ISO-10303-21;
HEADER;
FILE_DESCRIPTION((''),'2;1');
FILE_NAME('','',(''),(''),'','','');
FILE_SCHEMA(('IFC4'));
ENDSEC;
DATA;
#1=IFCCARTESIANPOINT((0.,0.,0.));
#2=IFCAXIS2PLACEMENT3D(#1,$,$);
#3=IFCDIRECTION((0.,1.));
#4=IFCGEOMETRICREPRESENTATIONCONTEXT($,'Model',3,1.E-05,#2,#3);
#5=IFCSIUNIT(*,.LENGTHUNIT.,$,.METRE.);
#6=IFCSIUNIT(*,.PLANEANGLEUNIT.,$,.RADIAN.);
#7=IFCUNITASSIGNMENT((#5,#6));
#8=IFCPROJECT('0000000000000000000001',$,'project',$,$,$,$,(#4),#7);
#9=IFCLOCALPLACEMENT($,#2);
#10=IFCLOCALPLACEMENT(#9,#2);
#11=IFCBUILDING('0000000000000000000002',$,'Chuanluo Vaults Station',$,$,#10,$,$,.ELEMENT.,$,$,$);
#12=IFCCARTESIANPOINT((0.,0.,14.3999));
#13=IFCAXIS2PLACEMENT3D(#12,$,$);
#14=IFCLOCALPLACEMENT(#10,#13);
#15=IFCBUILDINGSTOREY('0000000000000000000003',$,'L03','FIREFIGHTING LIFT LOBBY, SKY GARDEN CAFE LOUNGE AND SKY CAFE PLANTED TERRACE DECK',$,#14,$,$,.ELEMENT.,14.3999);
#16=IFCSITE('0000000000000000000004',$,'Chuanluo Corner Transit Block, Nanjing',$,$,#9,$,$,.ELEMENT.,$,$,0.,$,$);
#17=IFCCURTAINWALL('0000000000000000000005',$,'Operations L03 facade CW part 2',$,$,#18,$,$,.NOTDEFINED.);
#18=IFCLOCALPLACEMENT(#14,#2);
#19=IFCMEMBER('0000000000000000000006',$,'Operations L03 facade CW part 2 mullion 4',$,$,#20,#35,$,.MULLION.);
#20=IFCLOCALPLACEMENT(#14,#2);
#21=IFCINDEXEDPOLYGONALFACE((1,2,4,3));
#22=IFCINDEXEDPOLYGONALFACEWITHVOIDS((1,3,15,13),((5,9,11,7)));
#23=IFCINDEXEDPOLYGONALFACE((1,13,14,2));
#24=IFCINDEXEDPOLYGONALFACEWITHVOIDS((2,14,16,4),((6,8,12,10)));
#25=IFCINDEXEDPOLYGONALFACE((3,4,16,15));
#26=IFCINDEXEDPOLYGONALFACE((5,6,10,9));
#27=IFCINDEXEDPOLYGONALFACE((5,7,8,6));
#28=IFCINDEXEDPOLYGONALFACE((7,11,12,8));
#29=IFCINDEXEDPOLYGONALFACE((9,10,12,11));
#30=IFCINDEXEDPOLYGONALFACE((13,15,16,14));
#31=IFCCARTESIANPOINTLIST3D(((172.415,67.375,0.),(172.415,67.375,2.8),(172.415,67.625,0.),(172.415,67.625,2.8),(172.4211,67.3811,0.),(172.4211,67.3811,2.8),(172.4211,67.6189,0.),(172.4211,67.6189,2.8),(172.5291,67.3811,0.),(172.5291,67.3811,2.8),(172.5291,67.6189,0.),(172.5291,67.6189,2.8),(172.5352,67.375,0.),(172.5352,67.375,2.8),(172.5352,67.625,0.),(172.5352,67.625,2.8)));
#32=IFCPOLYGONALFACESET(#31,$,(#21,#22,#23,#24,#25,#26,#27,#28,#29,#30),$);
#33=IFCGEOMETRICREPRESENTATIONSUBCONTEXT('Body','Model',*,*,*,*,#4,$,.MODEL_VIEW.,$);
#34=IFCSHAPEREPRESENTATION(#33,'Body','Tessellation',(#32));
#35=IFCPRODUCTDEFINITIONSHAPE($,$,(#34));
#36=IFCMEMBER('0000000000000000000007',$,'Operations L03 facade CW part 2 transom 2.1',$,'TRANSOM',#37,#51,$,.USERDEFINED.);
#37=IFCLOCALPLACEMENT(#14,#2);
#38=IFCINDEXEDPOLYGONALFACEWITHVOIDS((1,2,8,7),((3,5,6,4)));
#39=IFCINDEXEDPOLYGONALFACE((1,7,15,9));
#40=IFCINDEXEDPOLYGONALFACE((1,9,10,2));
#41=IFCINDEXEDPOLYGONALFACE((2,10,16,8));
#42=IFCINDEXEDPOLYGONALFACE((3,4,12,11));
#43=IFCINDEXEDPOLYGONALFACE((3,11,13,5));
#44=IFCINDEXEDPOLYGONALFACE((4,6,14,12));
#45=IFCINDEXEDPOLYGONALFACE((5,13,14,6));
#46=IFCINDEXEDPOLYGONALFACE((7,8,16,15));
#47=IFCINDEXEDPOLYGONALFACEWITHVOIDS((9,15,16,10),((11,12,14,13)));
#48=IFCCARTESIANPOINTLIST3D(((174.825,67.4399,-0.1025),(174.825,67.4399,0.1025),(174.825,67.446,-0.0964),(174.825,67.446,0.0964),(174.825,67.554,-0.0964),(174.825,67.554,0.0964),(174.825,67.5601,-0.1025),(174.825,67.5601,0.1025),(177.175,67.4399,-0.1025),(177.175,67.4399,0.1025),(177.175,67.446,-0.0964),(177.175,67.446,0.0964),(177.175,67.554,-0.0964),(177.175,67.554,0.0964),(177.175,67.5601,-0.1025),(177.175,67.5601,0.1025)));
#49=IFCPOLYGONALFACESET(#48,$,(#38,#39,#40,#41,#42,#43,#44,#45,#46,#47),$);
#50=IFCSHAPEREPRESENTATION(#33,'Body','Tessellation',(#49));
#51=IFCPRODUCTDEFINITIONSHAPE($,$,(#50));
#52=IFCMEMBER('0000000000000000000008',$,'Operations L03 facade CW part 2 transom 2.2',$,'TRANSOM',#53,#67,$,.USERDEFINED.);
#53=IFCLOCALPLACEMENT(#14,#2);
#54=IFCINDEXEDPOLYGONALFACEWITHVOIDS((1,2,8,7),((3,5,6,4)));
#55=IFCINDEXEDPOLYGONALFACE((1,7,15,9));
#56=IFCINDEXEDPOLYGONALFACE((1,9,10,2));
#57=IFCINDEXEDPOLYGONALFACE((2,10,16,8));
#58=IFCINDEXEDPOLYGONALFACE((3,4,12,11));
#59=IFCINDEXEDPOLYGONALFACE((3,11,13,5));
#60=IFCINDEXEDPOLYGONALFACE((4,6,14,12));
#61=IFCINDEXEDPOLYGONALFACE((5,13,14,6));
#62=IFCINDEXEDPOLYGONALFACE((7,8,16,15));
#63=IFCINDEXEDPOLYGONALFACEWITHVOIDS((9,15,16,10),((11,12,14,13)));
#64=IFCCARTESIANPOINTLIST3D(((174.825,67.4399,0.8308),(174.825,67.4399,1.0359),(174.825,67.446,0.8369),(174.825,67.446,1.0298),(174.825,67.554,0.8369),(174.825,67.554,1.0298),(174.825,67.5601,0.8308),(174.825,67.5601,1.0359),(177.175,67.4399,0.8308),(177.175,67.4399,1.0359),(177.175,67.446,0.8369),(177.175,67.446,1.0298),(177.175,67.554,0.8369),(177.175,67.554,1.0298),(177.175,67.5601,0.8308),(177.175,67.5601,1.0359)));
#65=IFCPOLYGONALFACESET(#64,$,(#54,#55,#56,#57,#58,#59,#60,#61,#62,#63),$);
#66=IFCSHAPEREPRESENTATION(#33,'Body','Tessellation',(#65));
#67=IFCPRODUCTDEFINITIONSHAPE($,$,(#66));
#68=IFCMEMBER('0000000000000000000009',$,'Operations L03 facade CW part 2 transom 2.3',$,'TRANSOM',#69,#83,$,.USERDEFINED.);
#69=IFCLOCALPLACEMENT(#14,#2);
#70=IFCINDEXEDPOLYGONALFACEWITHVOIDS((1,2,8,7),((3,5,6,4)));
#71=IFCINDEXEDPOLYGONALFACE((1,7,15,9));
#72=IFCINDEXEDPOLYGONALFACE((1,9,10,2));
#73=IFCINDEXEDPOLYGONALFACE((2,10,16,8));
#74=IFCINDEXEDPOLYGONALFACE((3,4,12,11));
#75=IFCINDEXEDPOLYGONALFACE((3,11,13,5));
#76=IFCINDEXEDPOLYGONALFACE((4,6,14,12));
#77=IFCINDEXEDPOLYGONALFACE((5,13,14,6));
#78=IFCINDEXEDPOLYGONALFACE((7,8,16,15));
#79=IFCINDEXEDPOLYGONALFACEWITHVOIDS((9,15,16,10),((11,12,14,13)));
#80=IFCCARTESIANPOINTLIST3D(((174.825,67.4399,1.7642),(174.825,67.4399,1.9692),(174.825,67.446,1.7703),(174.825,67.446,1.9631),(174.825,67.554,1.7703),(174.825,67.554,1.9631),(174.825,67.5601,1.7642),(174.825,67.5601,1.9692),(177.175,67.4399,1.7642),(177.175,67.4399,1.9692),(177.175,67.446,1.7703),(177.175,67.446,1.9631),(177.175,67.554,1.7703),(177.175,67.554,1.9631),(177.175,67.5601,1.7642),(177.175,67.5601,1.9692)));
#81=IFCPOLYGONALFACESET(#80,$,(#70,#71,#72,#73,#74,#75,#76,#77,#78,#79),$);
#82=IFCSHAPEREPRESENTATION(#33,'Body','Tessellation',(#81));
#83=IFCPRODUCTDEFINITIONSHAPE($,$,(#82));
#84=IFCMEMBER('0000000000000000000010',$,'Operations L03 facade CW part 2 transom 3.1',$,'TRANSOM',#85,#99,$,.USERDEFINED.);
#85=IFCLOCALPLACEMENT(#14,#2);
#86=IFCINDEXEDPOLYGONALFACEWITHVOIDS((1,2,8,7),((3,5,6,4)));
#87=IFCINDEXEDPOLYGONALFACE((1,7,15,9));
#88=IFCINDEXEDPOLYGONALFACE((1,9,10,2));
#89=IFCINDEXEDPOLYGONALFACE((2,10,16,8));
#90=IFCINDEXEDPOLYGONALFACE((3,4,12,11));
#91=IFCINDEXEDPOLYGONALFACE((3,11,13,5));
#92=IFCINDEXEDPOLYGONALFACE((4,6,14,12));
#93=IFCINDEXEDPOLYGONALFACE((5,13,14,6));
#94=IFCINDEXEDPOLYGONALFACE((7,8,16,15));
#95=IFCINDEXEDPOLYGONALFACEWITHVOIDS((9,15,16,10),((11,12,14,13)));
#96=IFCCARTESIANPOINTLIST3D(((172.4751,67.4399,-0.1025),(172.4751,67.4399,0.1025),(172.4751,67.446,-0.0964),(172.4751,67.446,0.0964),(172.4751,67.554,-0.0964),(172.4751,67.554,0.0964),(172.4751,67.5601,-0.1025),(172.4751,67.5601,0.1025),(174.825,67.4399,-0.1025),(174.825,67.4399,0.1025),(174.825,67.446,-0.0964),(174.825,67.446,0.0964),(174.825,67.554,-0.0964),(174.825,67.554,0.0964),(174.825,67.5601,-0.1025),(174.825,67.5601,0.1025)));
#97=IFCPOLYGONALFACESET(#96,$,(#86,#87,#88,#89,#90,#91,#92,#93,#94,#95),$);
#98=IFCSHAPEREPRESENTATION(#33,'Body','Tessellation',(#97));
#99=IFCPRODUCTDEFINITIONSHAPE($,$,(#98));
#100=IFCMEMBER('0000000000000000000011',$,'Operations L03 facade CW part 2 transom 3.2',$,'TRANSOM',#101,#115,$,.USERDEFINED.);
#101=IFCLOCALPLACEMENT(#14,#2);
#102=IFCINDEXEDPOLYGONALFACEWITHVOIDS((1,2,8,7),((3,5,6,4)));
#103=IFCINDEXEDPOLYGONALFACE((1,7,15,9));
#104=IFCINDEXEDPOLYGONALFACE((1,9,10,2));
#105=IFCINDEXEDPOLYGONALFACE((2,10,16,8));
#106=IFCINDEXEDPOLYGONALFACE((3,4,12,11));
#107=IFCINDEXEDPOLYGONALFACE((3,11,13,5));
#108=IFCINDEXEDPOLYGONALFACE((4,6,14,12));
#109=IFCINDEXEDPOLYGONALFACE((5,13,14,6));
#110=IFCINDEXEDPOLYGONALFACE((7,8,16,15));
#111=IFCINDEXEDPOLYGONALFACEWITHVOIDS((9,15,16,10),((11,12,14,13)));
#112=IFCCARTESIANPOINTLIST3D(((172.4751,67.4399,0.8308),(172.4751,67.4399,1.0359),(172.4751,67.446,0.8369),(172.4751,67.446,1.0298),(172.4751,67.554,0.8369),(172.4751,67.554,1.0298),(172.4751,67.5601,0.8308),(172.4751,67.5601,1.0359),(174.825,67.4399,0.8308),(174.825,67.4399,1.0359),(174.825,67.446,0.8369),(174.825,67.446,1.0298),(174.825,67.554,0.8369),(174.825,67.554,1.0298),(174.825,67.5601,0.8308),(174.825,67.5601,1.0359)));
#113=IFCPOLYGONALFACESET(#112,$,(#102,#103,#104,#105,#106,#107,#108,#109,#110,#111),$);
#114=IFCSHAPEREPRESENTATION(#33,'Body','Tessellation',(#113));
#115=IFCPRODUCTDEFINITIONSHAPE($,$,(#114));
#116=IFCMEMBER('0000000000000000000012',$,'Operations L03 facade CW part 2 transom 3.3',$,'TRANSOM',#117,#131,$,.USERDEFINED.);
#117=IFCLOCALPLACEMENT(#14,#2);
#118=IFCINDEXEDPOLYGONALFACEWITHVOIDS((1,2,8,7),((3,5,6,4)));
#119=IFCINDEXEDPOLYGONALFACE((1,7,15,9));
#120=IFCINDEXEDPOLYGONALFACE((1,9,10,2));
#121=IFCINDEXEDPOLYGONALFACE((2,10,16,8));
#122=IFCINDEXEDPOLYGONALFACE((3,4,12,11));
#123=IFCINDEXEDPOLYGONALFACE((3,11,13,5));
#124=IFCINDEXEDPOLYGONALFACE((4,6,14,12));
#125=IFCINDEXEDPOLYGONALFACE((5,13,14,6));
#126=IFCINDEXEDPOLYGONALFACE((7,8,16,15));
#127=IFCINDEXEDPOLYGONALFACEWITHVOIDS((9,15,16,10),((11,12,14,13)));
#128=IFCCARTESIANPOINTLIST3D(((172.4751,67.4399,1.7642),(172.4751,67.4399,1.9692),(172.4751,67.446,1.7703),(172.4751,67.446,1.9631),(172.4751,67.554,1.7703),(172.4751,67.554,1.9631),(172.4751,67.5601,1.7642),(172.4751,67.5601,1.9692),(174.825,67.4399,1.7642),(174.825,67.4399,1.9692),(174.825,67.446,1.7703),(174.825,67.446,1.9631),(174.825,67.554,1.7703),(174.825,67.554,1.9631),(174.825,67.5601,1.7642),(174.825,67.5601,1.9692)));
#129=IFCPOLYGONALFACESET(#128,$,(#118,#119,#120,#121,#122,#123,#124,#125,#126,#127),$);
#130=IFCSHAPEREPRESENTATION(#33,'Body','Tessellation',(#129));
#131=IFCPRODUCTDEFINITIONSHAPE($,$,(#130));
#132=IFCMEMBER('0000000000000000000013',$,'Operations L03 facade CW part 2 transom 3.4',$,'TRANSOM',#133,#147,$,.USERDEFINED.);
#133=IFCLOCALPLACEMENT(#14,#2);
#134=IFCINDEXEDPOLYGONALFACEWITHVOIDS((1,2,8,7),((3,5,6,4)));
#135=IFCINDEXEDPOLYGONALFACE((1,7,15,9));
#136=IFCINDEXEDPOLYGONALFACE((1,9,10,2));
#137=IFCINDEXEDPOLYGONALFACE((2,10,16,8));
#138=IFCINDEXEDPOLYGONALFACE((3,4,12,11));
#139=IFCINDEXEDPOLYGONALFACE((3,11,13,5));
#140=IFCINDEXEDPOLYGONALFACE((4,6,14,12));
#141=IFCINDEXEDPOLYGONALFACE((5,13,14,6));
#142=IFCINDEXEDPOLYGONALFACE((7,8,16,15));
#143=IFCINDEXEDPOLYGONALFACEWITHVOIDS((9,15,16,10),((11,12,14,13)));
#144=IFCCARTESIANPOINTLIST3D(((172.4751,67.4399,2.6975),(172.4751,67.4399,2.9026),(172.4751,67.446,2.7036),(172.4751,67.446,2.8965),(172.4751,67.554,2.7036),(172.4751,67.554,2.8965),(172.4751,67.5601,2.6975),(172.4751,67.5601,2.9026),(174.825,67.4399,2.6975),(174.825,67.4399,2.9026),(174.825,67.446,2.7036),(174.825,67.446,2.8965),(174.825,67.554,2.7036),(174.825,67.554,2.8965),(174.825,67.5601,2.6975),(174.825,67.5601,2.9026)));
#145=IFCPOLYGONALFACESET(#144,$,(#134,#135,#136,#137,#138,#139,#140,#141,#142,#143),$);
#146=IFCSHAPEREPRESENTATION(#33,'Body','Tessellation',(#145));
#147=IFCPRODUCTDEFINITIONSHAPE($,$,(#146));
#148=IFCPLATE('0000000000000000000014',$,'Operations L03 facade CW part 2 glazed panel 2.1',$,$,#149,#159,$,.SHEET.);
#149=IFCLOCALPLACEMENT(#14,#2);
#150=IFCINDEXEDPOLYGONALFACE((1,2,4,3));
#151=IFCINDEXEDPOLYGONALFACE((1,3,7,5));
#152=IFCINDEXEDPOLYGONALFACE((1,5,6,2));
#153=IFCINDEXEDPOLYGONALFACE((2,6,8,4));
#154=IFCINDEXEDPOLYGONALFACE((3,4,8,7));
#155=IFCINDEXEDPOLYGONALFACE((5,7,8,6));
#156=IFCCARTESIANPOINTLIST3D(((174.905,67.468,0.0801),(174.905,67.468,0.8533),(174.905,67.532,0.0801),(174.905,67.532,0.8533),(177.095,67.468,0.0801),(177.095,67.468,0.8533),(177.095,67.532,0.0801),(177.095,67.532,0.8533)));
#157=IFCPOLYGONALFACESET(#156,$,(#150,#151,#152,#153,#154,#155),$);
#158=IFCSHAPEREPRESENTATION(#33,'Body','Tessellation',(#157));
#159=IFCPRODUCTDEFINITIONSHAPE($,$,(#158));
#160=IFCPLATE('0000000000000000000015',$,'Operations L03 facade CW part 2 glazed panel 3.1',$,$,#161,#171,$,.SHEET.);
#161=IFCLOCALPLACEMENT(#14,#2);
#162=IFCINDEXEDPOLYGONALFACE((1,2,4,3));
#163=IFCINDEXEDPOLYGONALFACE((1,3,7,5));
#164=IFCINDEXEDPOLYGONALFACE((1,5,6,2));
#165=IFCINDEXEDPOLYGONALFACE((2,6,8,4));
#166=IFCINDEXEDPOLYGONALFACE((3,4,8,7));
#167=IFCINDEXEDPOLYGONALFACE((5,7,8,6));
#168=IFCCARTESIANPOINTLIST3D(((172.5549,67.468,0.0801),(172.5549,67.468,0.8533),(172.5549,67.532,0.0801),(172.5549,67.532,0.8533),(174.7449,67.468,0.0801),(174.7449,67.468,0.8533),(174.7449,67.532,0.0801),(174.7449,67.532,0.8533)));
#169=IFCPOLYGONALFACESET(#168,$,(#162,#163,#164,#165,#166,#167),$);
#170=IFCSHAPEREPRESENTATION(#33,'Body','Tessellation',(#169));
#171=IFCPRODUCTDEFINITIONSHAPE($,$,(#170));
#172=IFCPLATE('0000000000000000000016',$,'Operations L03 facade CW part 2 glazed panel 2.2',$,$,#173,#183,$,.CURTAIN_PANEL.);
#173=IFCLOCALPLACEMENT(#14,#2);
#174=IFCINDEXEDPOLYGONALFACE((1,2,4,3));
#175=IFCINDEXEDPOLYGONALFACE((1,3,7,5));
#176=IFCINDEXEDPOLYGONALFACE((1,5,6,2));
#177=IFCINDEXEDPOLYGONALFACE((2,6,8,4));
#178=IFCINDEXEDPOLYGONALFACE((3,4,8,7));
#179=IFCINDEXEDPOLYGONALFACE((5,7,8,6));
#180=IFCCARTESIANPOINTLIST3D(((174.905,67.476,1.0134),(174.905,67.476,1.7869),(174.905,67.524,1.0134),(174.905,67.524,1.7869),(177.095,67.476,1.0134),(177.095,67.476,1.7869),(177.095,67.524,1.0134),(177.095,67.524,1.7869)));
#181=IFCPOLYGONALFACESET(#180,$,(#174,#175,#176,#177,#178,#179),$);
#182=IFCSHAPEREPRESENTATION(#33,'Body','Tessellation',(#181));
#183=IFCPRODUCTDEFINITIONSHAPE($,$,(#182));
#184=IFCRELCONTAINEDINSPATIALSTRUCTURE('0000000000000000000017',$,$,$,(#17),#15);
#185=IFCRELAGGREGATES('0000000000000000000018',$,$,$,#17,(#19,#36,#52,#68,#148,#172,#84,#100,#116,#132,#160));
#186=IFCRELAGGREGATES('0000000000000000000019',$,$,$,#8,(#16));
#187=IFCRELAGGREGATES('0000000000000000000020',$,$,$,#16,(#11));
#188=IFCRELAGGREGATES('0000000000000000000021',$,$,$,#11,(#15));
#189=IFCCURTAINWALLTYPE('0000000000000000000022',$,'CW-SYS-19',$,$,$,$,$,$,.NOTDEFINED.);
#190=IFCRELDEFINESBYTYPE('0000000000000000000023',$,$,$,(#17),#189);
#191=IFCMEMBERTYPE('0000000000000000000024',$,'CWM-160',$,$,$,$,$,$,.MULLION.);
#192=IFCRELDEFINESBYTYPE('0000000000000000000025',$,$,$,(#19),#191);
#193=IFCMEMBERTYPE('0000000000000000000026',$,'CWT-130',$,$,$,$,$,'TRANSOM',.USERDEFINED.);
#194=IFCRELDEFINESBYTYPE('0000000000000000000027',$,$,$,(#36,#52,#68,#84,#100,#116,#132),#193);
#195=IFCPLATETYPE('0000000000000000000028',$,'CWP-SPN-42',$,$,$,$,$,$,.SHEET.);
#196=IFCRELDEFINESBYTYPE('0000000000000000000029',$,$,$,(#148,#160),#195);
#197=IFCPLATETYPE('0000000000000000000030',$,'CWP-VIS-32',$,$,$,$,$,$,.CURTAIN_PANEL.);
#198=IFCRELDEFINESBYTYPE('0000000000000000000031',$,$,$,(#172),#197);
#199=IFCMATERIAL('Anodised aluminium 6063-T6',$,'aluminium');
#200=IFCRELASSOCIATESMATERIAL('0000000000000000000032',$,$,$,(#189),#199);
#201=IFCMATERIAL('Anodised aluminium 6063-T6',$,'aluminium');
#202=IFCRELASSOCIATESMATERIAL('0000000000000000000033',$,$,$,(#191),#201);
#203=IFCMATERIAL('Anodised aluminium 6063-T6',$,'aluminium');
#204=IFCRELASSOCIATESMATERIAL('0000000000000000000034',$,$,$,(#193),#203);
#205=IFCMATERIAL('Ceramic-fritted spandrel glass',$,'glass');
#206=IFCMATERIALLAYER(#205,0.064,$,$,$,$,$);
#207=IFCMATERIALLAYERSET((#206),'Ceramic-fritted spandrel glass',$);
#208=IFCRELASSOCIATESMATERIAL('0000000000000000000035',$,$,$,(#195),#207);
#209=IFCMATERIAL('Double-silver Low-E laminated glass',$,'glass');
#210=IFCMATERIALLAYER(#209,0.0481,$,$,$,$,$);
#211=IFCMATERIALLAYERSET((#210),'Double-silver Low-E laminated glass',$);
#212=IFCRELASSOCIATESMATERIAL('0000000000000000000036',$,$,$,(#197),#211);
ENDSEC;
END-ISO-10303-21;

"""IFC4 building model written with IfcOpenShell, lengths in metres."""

from ifc_helpers import new_model, si_unit, direction, frame, origin, origin_2d, place, context, subcontext, project, spatial, rectangle, hollow_rectangle, extrude, material, layer, layer_set, material_profile, profile_set, type_object, element, aggregate, save


model = new_model("IFC4")

# Units and contexts
model_context = context("Model", 3, precision=1e-05, world=origin(), true_north=direction((0.0, 1.0)))
body_context = subcontext(model_context, "Body", "Model", "MODEL_VIEW")
ifc_project = project(units=[si_unit("LENGTHUNIT", "METRE"), si_unit("PLANEANGLEUNIT", "RADIAN")], contexts=[model_context])

# Site, building, storey
site_placement = place(None, origin())
site = spatial("IfcSite", under=ifc_project, at=site_placement, Name="Chuanluo Corner Transit Block, Nanjing", CompositionType="ELEMENT", RefElevation=0.0)
building_placement = place(site_placement, origin())
building = spatial("IfcBuilding", under=site, at=building_placement, Name="Chuanluo Vaults Station", CompositionType="ELEMENT")
storey_placement = place(building_placement, frame((0.0, 0.0, 14.3999)))
storey = spatial("IfcBuildingStorey", under=building, at=storey_placement, Name="L03", Description="FIREFIGHTING LIFT LOBBY, SKY GARDEN CAFE LOUNGE AND SKY CAFE PLANTED TERRACE DECK", CompositionType="ELEMENT", Elevation=14.3999)

# Curtain wall, members, plates
ifc_material_1 = material(Name="Anodised aluminium 6063-T6", Category="aluminium")
curtain_wall_type = type_object("IfcCurtainWallType", Name="CW-SYS-19", PredefinedType="NOTDEFINED", material=ifc_material_1)
curtain_wall_placement = place(storey_placement, origin())
curtain_wall = element("IfcCurtainWall", 1, at=curtain_wall_placement, inside=storey, type_object=curtain_wall_type, Name="Operations L03 facade CW part 2", PredefinedType="NOTDEFINED")
ifc_material_2 = material(Name="Anodised aluminium 6063-T6", Category="aluminium")
ifc_material_profile_1 = material_profile(ifc_material_2, hollow_rectangle(XDim=0.1201, YDim=0.25, WallThickness=0.0061, at=origin_2d()))
ifc_profile_set_1 = profile_set([ifc_material_profile_1], Name="Anodised aluminium 6063-T6")
member_type_1 = type_object("IfcMemberType", Name="CWM-160", PredefinedType="MULLION", material=ifc_profile_set_1)
member_1_placement = place(storey_placement, frame((172.4751, 67.5, 0.0), z_axis=(0.0, 0.0, 1.0), x_axis=(-1.0, 0.0, 0.0)))
member_1 = element("IfcMember", 2, at=member_1_placement, type_object=member_type_1, Name="Operations L03 facade CW part 2 mullion 4", PredefinedType="MULLION", context=body_context, shape_type="SweptSolid", body=[
    extrude(hollow_rectangle(XDim=0.1201, YDim=0.25, WallThickness=0.0061, at=origin_2d()), origin(), (0.0, 0.0, 1.0), 2.8),
])
ifc_material_3 = material(Name="Anodised aluminium 6063-T6", Category="aluminium")
ifc_material_profile_2 = material_profile(ifc_material_3, hollow_rectangle(XDim=0.1201, YDim=0.2051, WallThickness=0.0061, at=origin_2d()))
ifc_profile_set_2 = profile_set([ifc_material_profile_2], Name="Anodised aluminium 6063-T6")
member_type_2 = type_object("IfcMemberType", Name="CWT-130", ElementType="TRANSOM", PredefinedType="USERDEFINED", material=ifc_profile_set_2)
member_2_placement = place(storey_placement, frame((177.175, 67.5, 0.0), z_axis=(-1.0, 0.0, 0.0), x_axis=(0.0, -1.0, 0.0)))
member_2 = element("IfcMember", 3, at=member_2_placement, type_object=member_type_2, Name="Operations L03 facade CW part 2 transom 2.1", ObjectType="TRANSOM", PredefinedType="USERDEFINED", context=body_context, shape_type="SweptSolid", body=[
    extrude(hollow_rectangle(XDim=0.1201, YDim=0.2051, WallThickness=0.0061, at=origin_2d()), origin(), (0.0, 0.0, 1.0), 2.3501),
])
member_3_placement = place(storey_placement, frame((177.175, 67.5, 0.9333), z_axis=(-1.0, 0.0, 0.0), x_axis=(0.0, -1.0, 0.0)))
member_3 = element("IfcMember", 4, at=member_3_placement, type_object=member_type_2, Name="Operations L03 facade CW part 2 transom 2.2", ObjectType="TRANSOM", PredefinedType="USERDEFINED", context=body_context, shape_type="SweptSolid", body=[
    extrude(hollow_rectangle(XDim=0.1201, YDim=0.2051, WallThickness=0.0061, at=origin_2d()), origin(), (0.0, 0.0, 1.0), 2.3501),
])
member_4_placement = place(storey_placement, frame((177.175, 67.5, 1.8667), z_axis=(-1.0, 0.0, 0.0), x_axis=(0.0, -1.0, 0.0)))
member_4 = element("IfcMember", 5, at=member_4_placement, type_object=member_type_2, Name="Operations L03 facade CW part 2 transom 2.3", ObjectType="TRANSOM", PredefinedType="USERDEFINED", context=body_context, shape_type="SweptSolid", body=[
    extrude(hollow_rectangle(XDim=0.1201, YDim=0.2051, WallThickness=0.0061, at=origin_2d()), origin(), (0.0, 0.0, 1.0), 2.3501),
])
member_5_placement = place(storey_placement, frame((174.825, 67.5, 0.0), z_axis=(-1.0, 0.0, 0.0), x_axis=(0.0, -1.0, 0.0)))
member_5 = element("IfcMember", 6, at=member_5_placement, type_object=member_type_2, Name="Operations L03 facade CW part 2 transom 3.1", ObjectType="TRANSOM", PredefinedType="USERDEFINED", context=body_context, shape_type="SweptSolid", body=[
    extrude(hollow_rectangle(XDim=0.1201, YDim=0.2051, WallThickness=0.0061, at=origin_2d()), origin(), (0.0, 0.0, 1.0), 2.3499),
])
member_6_placement = place(storey_placement, frame((174.825, 67.5, 0.9333), z_axis=(-1.0, 0.0, 0.0), x_axis=(0.0, -1.0, 0.0)))
member_6 = element("IfcMember", 7, at=member_6_placement, type_object=member_type_2, Name="Operations L03 facade CW part 2 transom 3.2", ObjectType="TRANSOM", PredefinedType="USERDEFINED", context=body_context, shape_type="SweptSolid", body=[
    extrude(hollow_rectangle(XDim=0.1201, YDim=0.2051, WallThickness=0.0061, at=origin_2d()), origin(), (0.0, 0.0, 1.0), 2.3499),
])
member_7_placement = place(storey_placement, frame((174.825, 67.5, 1.8667), z_axis=(-1.0, 0.0, 0.0), x_axis=(0.0, -1.0, 0.0)))
member_7 = element("IfcMember", 8, at=member_7_placement, type_object=member_type_2, Name="Operations L03 facade CW part 2 transom 3.3", ObjectType="TRANSOM", PredefinedType="USERDEFINED", context=body_context, shape_type="SweptSolid", body=[
    extrude(hollow_rectangle(XDim=0.1201, YDim=0.2051, WallThickness=0.0061, at=origin_2d()), origin(), (0.0, 0.0, 1.0), 2.3499),
])
member_8_placement = place(storey_placement, frame((174.825, 67.5, 2.8), z_axis=(-1.0, 0.0, 0.0), x_axis=(0.0, -1.0, 0.0)))
member_8 = element("IfcMember", 9, at=member_8_placement, type_object=member_type_2, Name="Operations L03 facade CW part 2 transom 3.4", ObjectType="TRANSOM", PredefinedType="USERDEFINED", context=body_context, shape_type="SweptSolid", body=[
    extrude(hollow_rectangle(XDim=0.1201, YDim=0.2051, WallThickness=0.0061, at=origin_2d()), origin(), (0.0, 0.0, 1.0), 2.3499),
])
ifc_material_4 = material(Name="Ceramic-fritted spandrel glass", Category="glass")
ifc_layer_1 = layer(ifc_material_4, 0.064)
ifc_layer_set_1 = layer_set([ifc_layer_1], Name="Ceramic-fritted spandrel glass")
plate_type_1 = type_object("IfcPlateType", Name="CWP-SPN-42", PredefinedType="SHEET", material=ifc_layer_set_1)
plate_1_placement = place(storey_placement, frame((176.0, 67.5, 0.0801), z_axis=(0.0, 0.0, 1.0), x_axis=(-1.0, 0.0, 0.0)))
plate_1 = element("IfcPlate", 10, at=plate_1_placement, type_object=plate_type_1, Name="Operations L03 facade CW part 2 glazed panel 2.1", PredefinedType="SHEET", context=body_context, shape_type="SweptSolid", body=[
    extrude(rectangle(XDim=2.1899, YDim=0.064, at=origin_2d()), origin(), (0.0, 0.0, 1.0), 0.7732),
])
plate_2_placement = place(storey_placement, frame((173.6499, 67.5, 0.0801), z_axis=(0.0, 0.0, 1.0), x_axis=(-1.0, 0.0, 0.0)))
plate_2 = element("IfcPlate", 11, at=plate_2_placement, type_object=plate_type_1, Name="Operations L03 facade CW part 2 glazed panel 3.1", PredefinedType="SHEET", context=body_context, shape_type="SweptSolid", body=[
    extrude(rectangle(XDim=2.1899, YDim=0.064, at=origin_2d()), origin(), (0.0, 0.0, 1.0), 0.7732),
])
ifc_material_5 = material(Name="Double-silver Low-E laminated glass", Category="glass")
ifc_layer_2 = layer(ifc_material_5, 0.0481)
ifc_layer_set_2 = layer_set([ifc_layer_2], Name="Double-silver Low-E laminated glass")
plate_type_2 = type_object("IfcPlateType", Name="CWP-VIS-32", PredefinedType="CURTAIN_PANEL", material=ifc_layer_set_2)
plate_3_placement = place(storey_placement, frame((176.0, 67.5, 1.0134), z_axis=(0.0, 0.0, 1.0), x_axis=(-1.0, 0.0, 0.0)))
plate_3 = element("IfcPlate", 12, at=plate_3_placement, type_object=plate_type_2, Name="Operations L03 facade CW part 2 glazed panel 2.2", PredefinedType="CURTAIN_PANEL", context=body_context, shape_type="SweptSolid", body=[
    extrude(rectangle(XDim=2.1899, YDim=0.0481, at=origin_2d()), origin(), (0.0, 0.0, 1.0), 0.7734),
])
aggregate(curtain_wall, [member_1, member_2, member_3, member_4, plate_1, plate_3, member_5, member_6, member_7, member_8, plate_2])

save(model, "model.ifc")
